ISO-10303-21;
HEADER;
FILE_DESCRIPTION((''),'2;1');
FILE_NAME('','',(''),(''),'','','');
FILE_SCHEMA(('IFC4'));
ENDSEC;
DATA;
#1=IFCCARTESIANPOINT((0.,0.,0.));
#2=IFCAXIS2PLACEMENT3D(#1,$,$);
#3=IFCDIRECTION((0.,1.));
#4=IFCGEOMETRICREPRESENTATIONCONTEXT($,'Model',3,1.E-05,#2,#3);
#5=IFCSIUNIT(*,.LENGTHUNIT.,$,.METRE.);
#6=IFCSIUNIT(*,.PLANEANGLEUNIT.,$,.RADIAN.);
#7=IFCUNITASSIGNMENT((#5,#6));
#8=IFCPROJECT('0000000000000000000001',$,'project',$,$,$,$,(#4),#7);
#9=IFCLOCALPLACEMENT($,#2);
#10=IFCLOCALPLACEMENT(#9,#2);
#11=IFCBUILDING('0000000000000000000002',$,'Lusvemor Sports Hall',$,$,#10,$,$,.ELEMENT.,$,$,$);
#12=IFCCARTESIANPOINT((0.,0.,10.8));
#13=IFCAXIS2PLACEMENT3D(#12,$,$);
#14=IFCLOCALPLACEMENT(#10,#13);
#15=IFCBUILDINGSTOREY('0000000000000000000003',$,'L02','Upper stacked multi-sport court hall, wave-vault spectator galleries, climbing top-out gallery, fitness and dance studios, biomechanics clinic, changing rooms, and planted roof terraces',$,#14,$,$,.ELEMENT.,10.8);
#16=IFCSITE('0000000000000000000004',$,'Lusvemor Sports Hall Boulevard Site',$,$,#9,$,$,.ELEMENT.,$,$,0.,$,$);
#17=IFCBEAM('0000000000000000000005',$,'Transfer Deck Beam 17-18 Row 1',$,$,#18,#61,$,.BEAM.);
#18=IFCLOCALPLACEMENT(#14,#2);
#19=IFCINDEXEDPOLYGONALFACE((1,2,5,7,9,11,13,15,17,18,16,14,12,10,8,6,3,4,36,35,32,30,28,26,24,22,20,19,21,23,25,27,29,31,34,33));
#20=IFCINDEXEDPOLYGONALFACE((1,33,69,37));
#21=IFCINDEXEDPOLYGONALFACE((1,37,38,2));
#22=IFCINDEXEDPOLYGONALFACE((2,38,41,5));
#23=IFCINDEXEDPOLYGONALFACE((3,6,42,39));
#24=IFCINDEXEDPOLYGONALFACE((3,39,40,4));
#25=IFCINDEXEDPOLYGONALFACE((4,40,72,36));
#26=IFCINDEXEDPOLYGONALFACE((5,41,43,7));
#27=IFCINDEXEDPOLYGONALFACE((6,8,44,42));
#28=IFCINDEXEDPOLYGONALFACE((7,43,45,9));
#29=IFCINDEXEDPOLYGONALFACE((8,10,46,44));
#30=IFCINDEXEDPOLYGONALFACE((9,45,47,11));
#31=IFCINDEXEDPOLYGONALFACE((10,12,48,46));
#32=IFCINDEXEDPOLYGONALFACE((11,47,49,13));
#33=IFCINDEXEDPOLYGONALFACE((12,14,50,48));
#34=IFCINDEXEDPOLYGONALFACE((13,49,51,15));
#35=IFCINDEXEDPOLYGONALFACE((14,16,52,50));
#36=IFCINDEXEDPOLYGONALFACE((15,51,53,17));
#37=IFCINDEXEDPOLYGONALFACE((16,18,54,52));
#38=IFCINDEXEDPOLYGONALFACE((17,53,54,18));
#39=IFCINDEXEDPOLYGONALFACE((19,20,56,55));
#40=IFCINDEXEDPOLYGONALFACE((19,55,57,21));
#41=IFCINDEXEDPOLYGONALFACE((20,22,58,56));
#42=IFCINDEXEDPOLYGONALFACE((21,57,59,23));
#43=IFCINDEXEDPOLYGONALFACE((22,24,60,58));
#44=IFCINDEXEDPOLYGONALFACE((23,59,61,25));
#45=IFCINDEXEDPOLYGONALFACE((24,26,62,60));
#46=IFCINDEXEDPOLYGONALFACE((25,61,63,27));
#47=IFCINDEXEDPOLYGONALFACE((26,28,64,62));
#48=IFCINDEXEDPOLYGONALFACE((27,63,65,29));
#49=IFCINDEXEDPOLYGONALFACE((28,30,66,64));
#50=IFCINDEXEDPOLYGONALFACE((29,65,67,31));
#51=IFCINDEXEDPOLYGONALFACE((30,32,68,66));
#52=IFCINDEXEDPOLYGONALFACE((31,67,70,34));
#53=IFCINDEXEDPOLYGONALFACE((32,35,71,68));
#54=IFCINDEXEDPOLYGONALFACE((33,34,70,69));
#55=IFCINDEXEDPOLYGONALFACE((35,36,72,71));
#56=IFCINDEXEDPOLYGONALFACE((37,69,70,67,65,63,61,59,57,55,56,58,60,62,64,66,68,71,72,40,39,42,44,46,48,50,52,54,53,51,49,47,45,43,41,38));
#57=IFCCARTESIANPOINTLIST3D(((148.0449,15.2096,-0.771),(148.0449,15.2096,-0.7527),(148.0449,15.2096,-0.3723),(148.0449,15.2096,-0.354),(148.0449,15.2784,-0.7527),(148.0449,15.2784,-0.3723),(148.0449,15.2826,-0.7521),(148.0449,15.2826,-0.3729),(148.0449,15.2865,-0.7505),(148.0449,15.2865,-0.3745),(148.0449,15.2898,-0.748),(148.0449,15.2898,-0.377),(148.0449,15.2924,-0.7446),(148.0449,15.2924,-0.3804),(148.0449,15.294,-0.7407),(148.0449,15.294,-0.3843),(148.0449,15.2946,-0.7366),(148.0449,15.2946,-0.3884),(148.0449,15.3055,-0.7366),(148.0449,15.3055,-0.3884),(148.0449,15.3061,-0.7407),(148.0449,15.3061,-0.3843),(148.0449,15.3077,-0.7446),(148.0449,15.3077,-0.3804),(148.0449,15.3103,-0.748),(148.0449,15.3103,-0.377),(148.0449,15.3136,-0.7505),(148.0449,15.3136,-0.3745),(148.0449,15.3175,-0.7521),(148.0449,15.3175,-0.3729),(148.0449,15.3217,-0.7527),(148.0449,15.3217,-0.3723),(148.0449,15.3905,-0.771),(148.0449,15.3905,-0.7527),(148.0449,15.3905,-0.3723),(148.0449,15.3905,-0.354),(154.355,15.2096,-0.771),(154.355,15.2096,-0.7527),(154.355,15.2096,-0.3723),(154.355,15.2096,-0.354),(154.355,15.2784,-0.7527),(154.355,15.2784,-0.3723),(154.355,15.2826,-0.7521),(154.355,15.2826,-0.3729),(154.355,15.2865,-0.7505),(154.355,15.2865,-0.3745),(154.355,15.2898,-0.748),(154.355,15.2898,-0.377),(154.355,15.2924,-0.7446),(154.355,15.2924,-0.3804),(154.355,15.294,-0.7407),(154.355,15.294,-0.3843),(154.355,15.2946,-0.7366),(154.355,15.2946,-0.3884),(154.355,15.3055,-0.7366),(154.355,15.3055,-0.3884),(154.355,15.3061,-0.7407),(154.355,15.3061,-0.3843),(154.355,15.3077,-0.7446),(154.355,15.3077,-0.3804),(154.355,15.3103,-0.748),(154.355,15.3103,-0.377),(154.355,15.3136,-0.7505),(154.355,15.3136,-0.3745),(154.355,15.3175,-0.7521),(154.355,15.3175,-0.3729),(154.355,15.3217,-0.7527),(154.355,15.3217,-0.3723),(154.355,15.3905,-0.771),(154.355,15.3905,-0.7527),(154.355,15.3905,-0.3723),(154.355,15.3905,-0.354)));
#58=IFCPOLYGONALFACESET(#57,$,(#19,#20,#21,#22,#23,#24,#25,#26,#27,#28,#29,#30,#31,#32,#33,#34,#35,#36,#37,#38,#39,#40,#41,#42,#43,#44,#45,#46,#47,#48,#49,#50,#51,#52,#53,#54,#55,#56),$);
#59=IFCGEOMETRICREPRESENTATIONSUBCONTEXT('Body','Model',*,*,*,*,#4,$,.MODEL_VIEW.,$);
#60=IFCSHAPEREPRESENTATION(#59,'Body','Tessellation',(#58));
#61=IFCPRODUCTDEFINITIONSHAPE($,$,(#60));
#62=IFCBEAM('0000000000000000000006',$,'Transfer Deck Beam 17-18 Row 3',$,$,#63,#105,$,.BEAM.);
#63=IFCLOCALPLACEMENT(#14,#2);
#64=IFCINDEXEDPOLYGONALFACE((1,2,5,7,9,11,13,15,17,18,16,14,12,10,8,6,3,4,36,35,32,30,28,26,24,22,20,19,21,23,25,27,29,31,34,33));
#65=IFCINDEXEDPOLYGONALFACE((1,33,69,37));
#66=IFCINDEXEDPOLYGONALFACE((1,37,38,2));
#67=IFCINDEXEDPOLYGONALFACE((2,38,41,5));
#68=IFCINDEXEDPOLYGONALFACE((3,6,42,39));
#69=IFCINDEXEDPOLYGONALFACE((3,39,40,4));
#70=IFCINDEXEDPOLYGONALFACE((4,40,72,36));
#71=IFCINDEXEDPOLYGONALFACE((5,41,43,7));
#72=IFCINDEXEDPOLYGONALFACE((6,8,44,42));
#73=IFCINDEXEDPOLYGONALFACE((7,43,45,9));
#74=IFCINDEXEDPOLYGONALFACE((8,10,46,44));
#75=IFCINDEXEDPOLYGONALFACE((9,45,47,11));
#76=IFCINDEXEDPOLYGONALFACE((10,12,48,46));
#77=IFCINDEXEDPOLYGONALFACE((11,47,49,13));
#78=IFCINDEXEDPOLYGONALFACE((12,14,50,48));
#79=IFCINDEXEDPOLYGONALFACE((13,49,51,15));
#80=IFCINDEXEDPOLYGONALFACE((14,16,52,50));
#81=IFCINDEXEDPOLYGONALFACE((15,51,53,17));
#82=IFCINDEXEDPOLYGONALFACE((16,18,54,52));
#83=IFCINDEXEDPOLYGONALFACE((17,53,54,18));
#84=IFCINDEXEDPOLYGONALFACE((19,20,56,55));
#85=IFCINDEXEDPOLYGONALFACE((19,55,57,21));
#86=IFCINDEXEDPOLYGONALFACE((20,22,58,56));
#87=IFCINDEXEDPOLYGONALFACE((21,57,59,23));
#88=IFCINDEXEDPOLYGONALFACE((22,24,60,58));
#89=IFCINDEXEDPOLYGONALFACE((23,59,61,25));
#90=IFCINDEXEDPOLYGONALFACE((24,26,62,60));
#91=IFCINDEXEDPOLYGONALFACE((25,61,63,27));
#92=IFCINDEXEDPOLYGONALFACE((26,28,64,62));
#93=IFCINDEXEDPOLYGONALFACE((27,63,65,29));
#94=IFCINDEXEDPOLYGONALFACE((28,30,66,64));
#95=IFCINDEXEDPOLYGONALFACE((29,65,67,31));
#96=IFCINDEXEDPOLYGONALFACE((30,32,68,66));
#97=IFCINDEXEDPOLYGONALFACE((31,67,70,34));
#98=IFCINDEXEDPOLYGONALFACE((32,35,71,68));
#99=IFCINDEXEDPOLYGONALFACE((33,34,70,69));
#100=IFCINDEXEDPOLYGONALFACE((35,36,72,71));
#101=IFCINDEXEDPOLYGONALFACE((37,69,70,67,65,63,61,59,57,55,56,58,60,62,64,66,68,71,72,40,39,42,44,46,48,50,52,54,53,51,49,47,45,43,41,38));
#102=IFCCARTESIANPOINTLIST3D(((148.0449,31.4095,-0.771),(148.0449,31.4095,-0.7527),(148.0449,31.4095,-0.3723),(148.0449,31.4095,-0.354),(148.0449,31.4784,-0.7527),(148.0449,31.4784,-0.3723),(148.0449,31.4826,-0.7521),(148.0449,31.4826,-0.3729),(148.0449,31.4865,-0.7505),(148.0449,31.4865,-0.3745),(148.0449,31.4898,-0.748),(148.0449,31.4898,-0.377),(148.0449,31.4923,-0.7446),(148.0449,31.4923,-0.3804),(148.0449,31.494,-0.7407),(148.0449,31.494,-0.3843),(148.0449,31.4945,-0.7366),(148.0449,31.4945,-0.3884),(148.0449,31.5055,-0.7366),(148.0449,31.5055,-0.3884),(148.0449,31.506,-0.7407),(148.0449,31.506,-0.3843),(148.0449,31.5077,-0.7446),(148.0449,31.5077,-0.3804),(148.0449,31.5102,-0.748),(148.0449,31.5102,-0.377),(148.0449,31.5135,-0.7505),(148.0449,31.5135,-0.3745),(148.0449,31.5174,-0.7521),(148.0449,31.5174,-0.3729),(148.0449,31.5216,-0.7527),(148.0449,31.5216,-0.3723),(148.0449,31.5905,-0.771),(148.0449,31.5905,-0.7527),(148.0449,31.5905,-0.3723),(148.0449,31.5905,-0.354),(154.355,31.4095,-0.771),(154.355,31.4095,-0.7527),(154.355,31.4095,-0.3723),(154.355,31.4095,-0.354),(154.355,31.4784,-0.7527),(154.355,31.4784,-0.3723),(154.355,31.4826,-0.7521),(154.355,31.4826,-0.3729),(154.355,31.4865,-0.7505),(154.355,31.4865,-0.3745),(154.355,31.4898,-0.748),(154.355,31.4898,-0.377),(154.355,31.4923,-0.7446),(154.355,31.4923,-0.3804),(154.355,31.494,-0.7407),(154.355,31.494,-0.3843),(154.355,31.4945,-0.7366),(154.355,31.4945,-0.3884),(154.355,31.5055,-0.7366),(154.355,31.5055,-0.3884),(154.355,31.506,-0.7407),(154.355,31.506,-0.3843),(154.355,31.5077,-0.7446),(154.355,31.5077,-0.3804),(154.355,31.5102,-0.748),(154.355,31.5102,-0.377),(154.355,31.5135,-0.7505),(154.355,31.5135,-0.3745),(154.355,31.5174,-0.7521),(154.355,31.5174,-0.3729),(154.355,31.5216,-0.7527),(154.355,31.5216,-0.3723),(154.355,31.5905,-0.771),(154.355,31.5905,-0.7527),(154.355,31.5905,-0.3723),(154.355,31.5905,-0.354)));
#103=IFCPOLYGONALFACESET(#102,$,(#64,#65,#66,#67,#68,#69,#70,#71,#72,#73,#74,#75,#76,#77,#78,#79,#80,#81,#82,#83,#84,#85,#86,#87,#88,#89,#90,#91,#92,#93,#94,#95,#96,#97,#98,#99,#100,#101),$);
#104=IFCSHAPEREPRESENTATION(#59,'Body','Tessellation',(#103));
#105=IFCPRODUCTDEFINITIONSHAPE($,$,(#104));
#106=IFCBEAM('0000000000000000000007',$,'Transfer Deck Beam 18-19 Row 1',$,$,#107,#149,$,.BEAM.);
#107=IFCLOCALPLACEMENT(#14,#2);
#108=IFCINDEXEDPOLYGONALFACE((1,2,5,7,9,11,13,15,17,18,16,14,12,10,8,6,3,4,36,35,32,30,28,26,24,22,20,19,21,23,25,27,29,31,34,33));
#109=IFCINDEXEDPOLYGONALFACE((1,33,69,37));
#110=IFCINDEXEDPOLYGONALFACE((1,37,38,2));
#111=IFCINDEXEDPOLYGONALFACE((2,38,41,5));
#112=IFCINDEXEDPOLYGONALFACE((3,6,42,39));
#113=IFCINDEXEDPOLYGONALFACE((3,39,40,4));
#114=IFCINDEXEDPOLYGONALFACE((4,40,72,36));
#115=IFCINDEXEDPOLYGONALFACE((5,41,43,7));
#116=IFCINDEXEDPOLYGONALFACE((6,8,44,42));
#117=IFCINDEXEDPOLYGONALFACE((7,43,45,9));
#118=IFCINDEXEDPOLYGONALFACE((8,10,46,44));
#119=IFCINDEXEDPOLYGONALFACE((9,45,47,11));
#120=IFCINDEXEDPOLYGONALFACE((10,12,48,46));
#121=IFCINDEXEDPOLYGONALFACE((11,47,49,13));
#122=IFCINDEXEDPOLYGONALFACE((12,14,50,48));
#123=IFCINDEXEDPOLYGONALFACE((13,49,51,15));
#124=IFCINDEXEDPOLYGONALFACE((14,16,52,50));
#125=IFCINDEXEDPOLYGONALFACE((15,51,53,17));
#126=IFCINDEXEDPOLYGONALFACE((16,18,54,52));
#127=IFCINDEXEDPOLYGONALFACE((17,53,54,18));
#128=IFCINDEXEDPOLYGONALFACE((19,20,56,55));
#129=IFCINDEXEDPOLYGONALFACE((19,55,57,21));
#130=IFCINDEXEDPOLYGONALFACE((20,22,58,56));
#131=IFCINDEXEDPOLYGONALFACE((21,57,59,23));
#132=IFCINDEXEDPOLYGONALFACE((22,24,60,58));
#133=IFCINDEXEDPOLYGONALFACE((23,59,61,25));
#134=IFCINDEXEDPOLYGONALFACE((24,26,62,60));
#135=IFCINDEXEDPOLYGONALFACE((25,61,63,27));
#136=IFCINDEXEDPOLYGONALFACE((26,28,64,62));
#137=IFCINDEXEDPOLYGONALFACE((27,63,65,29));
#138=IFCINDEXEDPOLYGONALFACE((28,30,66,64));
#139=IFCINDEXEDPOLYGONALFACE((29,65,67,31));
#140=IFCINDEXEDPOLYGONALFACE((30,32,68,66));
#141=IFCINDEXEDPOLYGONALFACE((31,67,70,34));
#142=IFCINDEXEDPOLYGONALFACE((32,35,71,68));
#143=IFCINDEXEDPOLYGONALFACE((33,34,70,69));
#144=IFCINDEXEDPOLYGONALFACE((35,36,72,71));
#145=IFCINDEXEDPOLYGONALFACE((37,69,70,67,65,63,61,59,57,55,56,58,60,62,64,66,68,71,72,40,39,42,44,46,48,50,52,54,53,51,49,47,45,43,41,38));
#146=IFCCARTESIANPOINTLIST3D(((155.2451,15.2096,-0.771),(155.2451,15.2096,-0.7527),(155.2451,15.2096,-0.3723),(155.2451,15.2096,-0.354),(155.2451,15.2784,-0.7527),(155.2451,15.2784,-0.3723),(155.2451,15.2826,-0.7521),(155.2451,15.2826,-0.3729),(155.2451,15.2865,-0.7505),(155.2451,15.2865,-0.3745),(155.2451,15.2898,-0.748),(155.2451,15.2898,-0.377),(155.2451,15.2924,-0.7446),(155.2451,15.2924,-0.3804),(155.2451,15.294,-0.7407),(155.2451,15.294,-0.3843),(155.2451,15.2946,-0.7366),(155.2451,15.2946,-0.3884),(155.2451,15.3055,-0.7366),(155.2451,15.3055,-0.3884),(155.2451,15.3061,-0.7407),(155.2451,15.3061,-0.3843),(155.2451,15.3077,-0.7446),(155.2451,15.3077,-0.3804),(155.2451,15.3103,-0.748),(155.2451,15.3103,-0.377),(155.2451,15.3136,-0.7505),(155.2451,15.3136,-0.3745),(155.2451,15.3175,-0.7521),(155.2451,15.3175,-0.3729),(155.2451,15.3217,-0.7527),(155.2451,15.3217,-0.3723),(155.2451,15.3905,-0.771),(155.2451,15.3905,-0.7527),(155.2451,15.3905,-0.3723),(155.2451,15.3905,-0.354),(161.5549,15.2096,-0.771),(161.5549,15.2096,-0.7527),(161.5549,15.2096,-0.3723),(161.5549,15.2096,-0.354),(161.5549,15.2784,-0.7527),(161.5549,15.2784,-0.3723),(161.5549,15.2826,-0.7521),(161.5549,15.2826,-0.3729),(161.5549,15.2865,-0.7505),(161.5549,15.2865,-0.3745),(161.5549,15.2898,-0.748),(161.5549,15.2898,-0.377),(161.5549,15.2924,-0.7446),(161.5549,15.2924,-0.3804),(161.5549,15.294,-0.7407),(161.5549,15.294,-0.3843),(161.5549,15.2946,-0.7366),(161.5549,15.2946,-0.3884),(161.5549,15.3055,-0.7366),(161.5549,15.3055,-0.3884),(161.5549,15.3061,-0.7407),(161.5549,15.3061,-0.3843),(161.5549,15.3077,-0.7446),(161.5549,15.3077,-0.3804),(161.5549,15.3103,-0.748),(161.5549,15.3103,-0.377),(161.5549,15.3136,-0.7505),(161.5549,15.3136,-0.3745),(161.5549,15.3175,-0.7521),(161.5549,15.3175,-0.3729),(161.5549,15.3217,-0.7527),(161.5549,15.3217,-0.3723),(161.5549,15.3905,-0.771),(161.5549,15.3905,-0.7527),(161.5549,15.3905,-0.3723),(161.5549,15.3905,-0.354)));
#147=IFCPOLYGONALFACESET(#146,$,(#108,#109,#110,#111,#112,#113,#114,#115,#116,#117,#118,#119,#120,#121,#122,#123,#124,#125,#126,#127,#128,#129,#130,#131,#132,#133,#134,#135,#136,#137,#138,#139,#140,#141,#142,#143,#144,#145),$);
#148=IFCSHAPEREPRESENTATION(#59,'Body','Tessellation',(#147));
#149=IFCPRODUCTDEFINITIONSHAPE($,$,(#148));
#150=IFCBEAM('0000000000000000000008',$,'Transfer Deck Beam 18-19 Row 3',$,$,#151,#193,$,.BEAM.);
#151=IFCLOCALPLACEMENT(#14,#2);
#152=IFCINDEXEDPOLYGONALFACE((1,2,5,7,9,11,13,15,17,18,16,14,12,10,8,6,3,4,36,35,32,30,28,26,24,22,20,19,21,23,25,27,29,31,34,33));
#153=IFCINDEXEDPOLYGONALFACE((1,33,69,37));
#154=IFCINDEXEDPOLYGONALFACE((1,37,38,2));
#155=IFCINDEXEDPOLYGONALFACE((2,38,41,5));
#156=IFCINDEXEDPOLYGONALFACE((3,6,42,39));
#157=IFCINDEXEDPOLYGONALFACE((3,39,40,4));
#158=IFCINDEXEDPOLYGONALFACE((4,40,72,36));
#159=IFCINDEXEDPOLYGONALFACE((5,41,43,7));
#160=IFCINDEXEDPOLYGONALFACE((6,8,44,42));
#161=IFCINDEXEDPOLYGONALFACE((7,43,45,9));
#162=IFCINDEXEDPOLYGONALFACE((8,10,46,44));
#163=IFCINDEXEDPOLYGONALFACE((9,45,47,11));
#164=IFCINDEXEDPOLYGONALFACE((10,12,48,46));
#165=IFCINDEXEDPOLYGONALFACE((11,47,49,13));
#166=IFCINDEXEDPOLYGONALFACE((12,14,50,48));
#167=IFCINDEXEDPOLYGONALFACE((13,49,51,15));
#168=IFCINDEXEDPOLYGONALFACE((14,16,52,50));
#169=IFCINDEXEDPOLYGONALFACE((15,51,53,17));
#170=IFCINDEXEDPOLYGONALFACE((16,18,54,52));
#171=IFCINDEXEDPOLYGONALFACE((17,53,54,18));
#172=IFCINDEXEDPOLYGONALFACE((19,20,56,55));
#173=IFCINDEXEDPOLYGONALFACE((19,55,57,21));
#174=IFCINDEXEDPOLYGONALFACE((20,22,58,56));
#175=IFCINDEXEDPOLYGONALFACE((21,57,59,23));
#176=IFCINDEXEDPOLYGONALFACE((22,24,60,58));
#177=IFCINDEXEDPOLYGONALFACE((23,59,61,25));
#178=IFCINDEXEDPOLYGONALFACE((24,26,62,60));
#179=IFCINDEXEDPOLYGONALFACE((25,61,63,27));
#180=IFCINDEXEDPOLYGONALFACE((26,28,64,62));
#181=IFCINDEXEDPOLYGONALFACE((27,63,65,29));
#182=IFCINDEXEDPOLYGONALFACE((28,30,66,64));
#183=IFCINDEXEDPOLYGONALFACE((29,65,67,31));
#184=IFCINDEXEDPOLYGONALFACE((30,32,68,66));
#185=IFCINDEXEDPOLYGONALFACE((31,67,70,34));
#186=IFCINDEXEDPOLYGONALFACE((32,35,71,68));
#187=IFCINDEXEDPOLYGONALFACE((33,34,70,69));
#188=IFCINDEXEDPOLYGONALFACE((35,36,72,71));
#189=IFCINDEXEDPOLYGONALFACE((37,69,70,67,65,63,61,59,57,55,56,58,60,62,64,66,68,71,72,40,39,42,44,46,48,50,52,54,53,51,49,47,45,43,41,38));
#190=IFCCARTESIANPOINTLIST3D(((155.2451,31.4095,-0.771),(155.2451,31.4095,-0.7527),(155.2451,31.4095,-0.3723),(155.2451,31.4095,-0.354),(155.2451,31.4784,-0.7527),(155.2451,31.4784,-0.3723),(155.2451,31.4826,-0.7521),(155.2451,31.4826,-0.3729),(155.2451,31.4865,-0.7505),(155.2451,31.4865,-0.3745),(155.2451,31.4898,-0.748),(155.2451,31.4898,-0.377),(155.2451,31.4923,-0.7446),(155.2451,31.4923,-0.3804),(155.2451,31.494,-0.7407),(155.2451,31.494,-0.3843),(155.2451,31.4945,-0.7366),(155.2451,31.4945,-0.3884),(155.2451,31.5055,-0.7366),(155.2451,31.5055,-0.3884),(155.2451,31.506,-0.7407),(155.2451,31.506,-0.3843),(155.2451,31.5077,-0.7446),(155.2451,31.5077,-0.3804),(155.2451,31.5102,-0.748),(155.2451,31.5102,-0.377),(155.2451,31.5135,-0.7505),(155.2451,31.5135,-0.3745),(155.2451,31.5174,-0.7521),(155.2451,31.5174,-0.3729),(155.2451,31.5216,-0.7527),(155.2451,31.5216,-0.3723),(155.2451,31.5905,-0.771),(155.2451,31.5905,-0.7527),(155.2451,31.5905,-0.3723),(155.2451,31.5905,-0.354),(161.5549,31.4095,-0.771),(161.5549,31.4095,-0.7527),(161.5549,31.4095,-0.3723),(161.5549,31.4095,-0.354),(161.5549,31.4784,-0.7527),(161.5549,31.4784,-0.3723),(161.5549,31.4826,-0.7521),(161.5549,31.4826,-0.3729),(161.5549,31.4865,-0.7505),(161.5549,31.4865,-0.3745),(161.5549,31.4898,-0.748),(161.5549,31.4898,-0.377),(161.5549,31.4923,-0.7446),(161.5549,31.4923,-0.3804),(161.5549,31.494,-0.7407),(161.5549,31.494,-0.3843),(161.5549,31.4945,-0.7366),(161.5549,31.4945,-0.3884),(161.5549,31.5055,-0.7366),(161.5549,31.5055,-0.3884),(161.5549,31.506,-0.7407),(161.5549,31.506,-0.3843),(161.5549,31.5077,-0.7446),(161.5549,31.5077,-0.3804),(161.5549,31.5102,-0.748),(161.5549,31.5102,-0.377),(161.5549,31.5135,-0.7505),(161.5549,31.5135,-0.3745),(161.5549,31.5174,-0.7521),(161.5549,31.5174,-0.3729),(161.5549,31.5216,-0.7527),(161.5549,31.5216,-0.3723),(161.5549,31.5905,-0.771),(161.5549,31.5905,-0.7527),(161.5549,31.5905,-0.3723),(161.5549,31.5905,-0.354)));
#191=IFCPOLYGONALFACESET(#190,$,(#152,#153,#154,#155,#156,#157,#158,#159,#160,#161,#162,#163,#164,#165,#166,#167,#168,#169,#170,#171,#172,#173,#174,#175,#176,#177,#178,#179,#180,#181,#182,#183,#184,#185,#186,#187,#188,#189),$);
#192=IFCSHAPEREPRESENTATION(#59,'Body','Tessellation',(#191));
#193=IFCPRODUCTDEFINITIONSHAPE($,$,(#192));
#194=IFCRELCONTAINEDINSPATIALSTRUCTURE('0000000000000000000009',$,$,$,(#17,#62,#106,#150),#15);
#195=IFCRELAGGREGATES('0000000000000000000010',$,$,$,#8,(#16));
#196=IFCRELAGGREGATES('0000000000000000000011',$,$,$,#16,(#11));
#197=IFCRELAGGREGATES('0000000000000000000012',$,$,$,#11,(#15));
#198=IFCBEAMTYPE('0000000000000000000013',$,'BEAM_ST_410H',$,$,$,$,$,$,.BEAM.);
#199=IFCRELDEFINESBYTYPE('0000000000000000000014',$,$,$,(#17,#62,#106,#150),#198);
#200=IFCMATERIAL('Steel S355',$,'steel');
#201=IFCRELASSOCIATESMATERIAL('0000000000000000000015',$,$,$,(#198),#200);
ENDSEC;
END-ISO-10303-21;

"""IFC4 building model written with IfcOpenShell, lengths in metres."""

from ifc_helpers import new_model, si_unit, direction, frame, origin, origin_2d, place, context, subcontext, project, spatial, i_section, extrude, material, material_profile, profile_set, type_object, element, save


model = new_model("IFC4")

# Units and contexts
model_context = context("Model", 3, precision=1e-05, world=origin(), true_north=direction((0.0, 1.0)))
body_context = subcontext(model_context, "Body", "Model", "MODEL_VIEW")
ifc_project = project(units=[si_unit("LENGTHUNIT", "METRE"), si_unit("PLANEANGLEUNIT", "RADIAN")], contexts=[model_context])

# Site, building, storey
site_placement = place(None, origin())
site = spatial("IfcSite", under=ifc_project, at=site_placement, Name="Lusvemor Sports Hall Boulevard Site", CompositionType="ELEMENT", RefElevation=0.0)
building_placement = place(site_placement, origin())
building = spatial("IfcBuilding", under=site, at=building_placement, Name="Lusvemor Sports Hall", CompositionType="ELEMENT")
storey_placement = place(building_placement, frame((0.0, 0.0, 10.8)))
storey = spatial("IfcBuildingStorey", under=building, at=storey_placement, Name="L02", Description="Upper stacked multi-sport court hall, wave-vault spectator galleries, climbing top-out gallery, fitness and dance studios, biomechanics clinic, changing rooms, and planted roof terraces", CompositionType="ELEMENT", Elevation=10.8)

# Beams
ifc_material_1 = material(Name="Steel S355", Category="steel")
ifc_material_profile_1 = material_profile(ifc_material_1, i_section(OverallWidth=0.1809, OverallDepth=0.417, WebThickness=0.011, FlangeThickness=0.0183, FilletRadius=0.0161, at=origin_2d()), Name="W410x85.0")
ifc_profile_set_1 = profile_set([ifc_material_profile_1], Name="Steel S355")
beam_type_1 = type_object("IfcBeamType", Name="BEAM_ST_410H", PredefinedType="BEAM", material=ifc_profile_set_1)
for number, where, z_axis, x_axis, name in (
    (1, (148.0449, 15.3, -0.5625), (1.0, 0.0, 0.0), (0.0, 1.0, 0.0), "Transfer Deck Beam 17-18 Row 1"),
    (2, (148.0449, 31.5, -0.5625), (1.0, 0.0, 0.0), (0.0, 1.0, 0.0), "Transfer Deck Beam 17-18 Row 3"),
):
    element("IfcBeam", number, at=place(storey_placement, frame(where, z_axis=z_axis, x_axis=x_axis)), inside=storey, type_object=beam_type_1, Name=name, PredefinedType="BEAM", context=body_context, shape_type="SweptSolid", body=[
        extrude(i_section(OverallWidth=0.1809, OverallDepth=0.417, WebThickness=0.011, FlangeThickness=0.0183, FilletRadius=0.0161, at=origin_2d()), origin(), (0.0, 0.0, 1.0), 6.3101),
    ])
for number, where, z_axis, x_axis, name in (
    (3, (155.2451, 15.3, -0.5625), (1.0, 0.0, 0.0), (0.0, 1.0, 0.0), "Transfer Deck Beam 18-19 Row 1"),
    (4, (155.2451, 31.5, -0.5625), (1.0, 0.0, 0.0), (0.0, 1.0, 0.0), "Transfer Deck Beam 18-19 Row 3"),
):
    element("IfcBeam", number, at=place(storey_placement, frame(where, z_axis=z_axis, x_axis=x_axis)), inside=storey, type_object=beam_type_1, Name=name, PredefinedType="BEAM", context=body_context, shape_type="SweptSolid", body=[
        extrude(i_section(OverallWidth=0.1809, OverallDepth=0.417, WebThickness=0.011, FlangeThickness=0.0183, FilletRadius=0.0161, at=origin_2d()), origin(), (0.0, 0.0, 1.0), 6.3098),
    ])

save(model, "model.ifc")
